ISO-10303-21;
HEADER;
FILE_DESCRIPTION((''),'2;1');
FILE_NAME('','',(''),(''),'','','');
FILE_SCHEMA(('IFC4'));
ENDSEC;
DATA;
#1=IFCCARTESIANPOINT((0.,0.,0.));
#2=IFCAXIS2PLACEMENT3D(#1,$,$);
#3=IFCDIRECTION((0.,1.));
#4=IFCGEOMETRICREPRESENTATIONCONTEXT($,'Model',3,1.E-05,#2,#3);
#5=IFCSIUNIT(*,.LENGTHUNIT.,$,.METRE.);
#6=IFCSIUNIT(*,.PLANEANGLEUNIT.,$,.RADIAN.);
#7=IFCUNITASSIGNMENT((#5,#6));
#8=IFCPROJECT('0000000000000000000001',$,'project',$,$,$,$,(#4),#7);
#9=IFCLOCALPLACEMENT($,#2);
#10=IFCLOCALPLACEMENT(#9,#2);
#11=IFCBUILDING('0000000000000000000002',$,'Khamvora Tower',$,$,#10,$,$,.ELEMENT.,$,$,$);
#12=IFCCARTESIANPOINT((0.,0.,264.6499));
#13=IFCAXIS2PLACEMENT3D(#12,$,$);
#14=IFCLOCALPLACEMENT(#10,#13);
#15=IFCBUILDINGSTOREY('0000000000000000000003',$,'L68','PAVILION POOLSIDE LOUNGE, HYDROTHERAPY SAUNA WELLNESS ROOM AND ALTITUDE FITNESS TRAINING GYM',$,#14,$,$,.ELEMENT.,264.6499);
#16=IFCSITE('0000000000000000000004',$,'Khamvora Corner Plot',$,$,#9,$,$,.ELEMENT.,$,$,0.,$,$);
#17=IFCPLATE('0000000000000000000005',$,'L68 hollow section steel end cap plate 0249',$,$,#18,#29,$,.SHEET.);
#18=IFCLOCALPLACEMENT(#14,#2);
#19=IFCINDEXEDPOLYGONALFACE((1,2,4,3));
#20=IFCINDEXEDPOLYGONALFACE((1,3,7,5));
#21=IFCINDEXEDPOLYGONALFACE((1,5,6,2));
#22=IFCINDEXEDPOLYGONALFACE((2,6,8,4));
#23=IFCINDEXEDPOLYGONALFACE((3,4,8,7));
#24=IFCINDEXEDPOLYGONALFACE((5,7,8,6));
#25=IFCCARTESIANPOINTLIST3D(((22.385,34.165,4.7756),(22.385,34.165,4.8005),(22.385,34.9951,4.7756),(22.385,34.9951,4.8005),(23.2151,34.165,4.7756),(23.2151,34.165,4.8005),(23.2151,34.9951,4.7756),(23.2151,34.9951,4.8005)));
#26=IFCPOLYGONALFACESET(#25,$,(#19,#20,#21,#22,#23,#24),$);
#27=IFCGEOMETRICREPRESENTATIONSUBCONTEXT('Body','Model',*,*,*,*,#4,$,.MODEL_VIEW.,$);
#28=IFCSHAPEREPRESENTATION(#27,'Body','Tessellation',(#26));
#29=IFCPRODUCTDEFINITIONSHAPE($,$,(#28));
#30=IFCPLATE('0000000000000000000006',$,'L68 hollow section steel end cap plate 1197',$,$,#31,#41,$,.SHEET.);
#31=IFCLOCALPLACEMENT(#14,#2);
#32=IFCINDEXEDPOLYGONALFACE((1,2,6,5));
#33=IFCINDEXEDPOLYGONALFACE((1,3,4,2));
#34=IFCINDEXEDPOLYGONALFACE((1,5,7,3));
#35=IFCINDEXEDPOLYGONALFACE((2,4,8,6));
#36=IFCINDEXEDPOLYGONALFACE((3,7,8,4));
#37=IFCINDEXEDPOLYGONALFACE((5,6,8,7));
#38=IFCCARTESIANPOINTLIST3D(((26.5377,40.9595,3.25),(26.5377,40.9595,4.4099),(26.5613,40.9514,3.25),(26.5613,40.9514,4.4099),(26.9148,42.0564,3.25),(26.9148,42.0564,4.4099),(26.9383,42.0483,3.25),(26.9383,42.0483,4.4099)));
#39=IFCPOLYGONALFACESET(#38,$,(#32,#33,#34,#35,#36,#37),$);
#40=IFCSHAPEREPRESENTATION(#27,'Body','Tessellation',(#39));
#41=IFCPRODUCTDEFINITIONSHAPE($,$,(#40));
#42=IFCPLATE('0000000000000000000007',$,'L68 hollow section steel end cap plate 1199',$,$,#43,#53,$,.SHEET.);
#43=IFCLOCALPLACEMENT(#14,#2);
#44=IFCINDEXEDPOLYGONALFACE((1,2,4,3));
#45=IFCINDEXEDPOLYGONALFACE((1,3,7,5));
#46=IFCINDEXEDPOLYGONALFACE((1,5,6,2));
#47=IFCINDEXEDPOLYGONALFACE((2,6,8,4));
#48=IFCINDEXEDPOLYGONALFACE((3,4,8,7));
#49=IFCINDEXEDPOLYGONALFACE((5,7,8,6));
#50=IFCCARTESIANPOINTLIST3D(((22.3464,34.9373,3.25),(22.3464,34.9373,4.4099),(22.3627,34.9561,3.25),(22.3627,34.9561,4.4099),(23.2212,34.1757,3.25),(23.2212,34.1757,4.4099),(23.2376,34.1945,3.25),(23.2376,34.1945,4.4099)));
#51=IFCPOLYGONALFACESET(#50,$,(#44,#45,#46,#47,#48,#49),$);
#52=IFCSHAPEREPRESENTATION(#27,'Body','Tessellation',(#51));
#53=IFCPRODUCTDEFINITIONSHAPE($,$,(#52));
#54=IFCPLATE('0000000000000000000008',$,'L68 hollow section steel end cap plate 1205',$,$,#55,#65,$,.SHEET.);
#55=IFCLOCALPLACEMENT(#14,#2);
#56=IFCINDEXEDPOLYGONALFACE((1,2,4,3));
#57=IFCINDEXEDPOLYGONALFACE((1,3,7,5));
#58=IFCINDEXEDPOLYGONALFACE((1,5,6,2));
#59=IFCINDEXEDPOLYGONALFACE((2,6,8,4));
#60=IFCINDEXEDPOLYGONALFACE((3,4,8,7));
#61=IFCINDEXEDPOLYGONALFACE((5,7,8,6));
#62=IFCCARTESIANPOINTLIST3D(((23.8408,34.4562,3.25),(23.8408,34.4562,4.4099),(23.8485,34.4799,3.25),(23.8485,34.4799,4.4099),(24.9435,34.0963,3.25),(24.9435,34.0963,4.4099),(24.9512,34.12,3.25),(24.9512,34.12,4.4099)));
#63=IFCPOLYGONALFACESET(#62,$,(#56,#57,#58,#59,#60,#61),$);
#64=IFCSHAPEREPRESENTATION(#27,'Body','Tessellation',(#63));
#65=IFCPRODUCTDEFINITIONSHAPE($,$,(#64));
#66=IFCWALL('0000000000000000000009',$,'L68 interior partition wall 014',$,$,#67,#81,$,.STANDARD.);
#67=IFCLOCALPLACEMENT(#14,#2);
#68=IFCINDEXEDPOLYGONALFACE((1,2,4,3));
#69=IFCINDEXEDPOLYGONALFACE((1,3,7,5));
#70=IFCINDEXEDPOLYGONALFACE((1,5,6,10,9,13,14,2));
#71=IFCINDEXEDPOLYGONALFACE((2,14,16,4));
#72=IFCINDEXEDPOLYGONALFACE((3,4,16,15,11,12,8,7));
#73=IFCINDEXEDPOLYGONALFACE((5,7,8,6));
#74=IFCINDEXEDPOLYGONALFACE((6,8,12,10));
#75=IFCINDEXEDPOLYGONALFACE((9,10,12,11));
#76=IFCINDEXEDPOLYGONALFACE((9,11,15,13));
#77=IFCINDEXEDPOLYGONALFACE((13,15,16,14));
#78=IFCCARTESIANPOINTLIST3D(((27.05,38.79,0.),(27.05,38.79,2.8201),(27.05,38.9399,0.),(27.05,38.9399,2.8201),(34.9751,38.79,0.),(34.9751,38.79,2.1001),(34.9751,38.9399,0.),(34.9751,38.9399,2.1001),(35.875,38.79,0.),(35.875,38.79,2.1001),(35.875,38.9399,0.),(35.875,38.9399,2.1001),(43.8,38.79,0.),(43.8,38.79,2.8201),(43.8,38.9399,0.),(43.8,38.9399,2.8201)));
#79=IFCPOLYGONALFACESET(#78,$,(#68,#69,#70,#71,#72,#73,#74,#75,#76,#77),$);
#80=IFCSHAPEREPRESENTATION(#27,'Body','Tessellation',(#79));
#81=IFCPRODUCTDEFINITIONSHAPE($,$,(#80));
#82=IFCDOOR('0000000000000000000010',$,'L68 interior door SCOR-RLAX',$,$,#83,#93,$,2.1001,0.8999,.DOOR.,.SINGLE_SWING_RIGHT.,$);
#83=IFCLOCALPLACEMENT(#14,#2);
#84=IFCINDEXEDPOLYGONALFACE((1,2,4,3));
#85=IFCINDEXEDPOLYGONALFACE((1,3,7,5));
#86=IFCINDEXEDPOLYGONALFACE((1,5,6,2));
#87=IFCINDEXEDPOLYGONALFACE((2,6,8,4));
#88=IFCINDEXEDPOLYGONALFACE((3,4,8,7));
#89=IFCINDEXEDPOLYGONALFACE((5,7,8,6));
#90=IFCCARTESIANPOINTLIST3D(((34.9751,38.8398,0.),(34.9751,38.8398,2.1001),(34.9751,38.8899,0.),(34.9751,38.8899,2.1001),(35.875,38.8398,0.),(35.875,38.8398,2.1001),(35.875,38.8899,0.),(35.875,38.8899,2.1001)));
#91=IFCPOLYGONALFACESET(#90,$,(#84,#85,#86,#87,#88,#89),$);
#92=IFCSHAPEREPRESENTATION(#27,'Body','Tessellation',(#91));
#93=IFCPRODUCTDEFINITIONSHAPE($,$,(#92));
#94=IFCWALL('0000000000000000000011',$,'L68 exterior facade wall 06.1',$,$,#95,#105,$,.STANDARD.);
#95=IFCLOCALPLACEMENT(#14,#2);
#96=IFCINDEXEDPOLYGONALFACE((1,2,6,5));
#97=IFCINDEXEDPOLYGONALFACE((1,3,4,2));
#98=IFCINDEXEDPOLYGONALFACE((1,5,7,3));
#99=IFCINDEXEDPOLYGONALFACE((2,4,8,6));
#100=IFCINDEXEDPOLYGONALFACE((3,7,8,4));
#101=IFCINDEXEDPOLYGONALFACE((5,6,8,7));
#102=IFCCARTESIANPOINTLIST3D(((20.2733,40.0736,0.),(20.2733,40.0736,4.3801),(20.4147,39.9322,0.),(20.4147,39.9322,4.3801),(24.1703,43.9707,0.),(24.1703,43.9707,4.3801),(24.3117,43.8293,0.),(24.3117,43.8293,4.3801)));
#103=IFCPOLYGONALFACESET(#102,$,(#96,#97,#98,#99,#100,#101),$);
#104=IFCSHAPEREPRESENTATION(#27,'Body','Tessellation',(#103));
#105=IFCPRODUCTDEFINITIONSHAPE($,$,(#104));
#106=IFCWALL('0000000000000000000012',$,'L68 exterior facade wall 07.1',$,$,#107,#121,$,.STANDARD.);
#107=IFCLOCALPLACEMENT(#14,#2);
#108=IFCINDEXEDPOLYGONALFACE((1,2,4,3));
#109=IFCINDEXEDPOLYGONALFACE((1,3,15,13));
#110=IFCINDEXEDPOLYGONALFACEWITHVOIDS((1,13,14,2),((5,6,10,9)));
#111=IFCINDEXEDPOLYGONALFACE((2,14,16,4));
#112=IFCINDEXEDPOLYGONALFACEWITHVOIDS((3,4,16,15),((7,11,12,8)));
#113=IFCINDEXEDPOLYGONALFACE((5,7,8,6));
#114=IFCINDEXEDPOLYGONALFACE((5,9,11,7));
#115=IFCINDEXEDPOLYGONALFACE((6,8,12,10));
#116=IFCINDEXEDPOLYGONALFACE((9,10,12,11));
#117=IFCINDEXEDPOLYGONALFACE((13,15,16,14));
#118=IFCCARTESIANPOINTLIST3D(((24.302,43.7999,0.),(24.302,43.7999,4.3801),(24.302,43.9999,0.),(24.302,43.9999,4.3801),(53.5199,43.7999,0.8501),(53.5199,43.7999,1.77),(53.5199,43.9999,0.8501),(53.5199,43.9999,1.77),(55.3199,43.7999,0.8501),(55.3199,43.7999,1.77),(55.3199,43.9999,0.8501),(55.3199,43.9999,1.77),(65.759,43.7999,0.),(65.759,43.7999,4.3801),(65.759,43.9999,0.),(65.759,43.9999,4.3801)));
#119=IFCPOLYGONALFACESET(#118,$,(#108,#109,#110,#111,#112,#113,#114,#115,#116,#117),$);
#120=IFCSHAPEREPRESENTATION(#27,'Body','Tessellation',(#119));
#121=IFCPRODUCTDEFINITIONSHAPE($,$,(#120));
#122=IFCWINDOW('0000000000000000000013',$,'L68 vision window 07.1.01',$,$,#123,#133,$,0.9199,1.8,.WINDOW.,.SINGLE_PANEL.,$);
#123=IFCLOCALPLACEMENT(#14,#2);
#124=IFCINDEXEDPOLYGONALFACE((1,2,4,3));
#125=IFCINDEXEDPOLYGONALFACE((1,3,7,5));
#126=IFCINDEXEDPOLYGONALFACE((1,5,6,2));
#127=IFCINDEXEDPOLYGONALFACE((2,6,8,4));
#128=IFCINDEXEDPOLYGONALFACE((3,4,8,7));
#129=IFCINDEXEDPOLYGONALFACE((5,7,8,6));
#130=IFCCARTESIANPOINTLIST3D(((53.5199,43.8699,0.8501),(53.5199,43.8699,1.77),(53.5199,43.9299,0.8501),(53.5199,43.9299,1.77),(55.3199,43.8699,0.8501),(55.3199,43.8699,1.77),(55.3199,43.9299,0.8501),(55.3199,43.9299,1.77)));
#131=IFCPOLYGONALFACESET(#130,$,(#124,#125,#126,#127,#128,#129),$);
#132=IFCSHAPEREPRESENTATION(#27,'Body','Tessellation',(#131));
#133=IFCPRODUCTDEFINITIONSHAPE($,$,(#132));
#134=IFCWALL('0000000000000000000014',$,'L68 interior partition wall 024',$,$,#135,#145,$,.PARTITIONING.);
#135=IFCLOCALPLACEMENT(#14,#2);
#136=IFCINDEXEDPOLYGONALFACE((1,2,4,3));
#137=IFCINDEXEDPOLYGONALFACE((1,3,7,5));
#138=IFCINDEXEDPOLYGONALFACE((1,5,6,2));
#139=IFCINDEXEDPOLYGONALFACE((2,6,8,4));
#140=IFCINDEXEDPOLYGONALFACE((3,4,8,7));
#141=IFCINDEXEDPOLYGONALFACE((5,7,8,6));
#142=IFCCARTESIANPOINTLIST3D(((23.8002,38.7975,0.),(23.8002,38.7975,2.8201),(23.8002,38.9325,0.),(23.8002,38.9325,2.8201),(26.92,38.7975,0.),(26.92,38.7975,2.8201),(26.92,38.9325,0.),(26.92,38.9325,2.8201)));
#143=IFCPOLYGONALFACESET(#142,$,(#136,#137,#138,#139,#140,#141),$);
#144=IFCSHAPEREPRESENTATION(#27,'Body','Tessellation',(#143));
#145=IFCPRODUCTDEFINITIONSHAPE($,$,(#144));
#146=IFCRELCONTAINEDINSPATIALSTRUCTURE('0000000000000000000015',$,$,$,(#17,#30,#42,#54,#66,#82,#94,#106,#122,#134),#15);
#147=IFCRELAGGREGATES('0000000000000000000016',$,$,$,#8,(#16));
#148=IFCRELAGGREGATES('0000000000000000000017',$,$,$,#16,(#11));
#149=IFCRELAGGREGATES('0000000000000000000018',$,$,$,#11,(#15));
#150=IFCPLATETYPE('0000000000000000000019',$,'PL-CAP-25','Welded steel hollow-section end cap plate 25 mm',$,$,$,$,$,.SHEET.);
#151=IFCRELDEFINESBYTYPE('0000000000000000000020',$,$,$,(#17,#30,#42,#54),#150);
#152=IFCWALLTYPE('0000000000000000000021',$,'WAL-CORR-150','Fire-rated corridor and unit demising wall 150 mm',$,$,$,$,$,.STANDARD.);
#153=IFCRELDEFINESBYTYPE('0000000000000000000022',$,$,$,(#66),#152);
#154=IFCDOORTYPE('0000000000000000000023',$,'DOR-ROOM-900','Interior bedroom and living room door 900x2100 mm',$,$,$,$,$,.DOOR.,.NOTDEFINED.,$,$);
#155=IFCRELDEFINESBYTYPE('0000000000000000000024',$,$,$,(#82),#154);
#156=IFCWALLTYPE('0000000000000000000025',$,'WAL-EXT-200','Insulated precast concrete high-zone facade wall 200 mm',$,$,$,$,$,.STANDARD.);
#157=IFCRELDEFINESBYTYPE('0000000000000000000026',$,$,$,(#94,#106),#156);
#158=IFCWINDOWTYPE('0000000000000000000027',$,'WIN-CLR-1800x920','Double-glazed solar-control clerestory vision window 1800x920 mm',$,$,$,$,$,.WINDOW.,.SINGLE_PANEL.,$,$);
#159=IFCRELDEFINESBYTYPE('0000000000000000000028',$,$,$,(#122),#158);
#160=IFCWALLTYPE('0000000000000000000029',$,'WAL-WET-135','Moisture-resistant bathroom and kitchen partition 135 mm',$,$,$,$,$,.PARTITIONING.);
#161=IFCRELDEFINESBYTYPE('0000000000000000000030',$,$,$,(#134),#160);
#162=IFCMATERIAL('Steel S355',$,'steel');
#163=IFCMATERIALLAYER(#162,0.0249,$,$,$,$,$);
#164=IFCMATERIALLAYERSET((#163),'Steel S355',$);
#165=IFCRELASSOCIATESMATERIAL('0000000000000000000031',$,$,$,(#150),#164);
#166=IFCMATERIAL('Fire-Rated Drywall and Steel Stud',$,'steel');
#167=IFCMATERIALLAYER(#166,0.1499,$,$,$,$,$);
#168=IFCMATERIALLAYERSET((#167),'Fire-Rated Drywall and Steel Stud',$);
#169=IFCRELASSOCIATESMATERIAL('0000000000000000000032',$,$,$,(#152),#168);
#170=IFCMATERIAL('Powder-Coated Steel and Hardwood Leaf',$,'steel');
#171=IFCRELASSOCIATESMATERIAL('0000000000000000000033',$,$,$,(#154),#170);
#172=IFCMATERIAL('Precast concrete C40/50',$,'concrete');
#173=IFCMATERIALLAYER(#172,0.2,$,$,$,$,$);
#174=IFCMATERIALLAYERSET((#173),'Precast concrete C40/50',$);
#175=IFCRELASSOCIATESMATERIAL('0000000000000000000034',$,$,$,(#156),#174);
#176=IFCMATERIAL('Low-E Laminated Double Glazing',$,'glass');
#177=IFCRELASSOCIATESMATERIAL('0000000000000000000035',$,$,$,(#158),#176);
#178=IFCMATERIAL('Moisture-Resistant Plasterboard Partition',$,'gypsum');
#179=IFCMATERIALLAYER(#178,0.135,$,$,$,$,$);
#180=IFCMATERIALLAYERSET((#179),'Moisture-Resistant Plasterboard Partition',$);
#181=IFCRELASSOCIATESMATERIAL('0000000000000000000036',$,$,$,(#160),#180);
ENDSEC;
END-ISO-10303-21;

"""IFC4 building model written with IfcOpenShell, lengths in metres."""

from ifc_helpers import new_model, si_unit, direction, frame, frame_2d, origin, origin_2d, place, context, subcontext, project, spatial, rectangle, extrude, material, layer, layer_set, type_object, element, fill, save


model = new_model("IFC4")

# Units and contexts
model_context = context("Model", 3, precision=1e-05, world=origin(), true_north=direction((0.0, 1.0)))
body_context = subcontext(model_context, "Body", "Model", "MODEL_VIEW")
ifc_project = project(units=[si_unit("LENGTHUNIT", "METRE"), si_unit("PLANEANGLEUNIT", "RADIAN")], contexts=[model_context])

# Site, building, storey
site_placement = place(None, origin())
site = spatial("IfcSite", under=ifc_project, at=site_placement, Name="Khamvora Corner Plot", CompositionType="ELEMENT", RefElevation=0.0)
building_placement = place(site_placement, origin())
building = spatial("IfcBuilding", under=site, at=building_placement, Name="Khamvora Tower", CompositionType="ELEMENT")
storey_placement = place(building_placement, frame((0.0, 0.0, 264.6499)))
storey = spatial("IfcBuildingStorey", under=building, at=storey_placement, Name="L68", Description="PAVILION POOLSIDE LOUNGE, HYDROTHERAPY SAUNA WELLNESS ROOM AND ALTITUDE FITNESS TRAINING GYM", CompositionType="ELEMENT", Elevation=264.6499)

# Shared definitions
ifc_material_1 = material(Name="Steel S355", Category="steel")

# Plates
ifc_layer_1 = layer(ifc_material_1, 0.0249)
ifc_layer_set_1 = layer_set([ifc_layer_1], Name="Steel S355")
plate_type = type_object("IfcPlateType", Name="PL-CAP-25", Description="Welded steel hollow-section end cap plate 25 mm", PredefinedType="SHEET", material=ifc_layer_set_1)
for number, where, z_axis, x_axis, name in (
    (1, (22.8, 34.5801, 4.7756), (0.0, 0.0, 1.0), (1.0, 0.0, 0.0), "L68 hollow section steel end cap plate 0249"),
):
    element("IfcPlate", number, at=place(storey_placement, frame(where, z_axis=z_axis, x_axis=x_axis)), inside=storey, type_object=plate_type, Name=name, PredefinedType="SHEET", context=body_context, shape_type="SweptSolid", body=[
        extrude(rectangle(XDim=0.8301, YDim=0.8301, at=origin_2d()), origin(), (0.0, 0.0, 1.0), 0.0249),
    ])
for number, where, z_axis, x_axis, name in (
    (2, (26.738, 41.5039, 3.25), (0.0, 0.0, 1.0), (0.945689, -0.325073, 0.0), "L68 hollow section steel end cap plate 1197"),
    (3, (22.792, 34.5659, 3.25), (0.0, 0.0, 1.0), (0.656612, 0.754228, 0.0), "L68 hollow section steel end cap plate 1199"),
    (4, (24.396, 34.2881, 3.25), (0.0, 0.0, 1.0), (-0.310278, -0.950646, 0.0), "L68 hollow section steel end cap plate 1205"),
):
    element("IfcPlate", number, at=place(storey_placement, frame(where, z_axis=z_axis, x_axis=x_axis)), inside=storey, type_object=plate_type, Name=name, PredefinedType="SHEET", context=body_context, shape_type="SweptSolid", body=[
        extrude(rectangle(XDim=0.0249, YDim=1.1599, at=origin_2d()), origin(), (0.0, 0.0, 1.0), 1.1599),
    ])

# Wall, opening, door
ifc_material_2 = material(Name="Fire-Rated Drywall and Steel Stud", Category="steel")
ifc_layer_2 = layer(ifc_material_2, 0.1499)
ifc_layer_set_2 = layer_set([ifc_layer_2], Name="Fire-Rated Drywall and Steel Stud")
wall_type_1 = type_object("IfcWallType", Name="WAL-CORR-150", Description="Fire-rated corridor and unit demising wall 150 mm", PredefinedType="STANDARD", material=ifc_layer_set_2)
wall_1_placement = place(storey_placement, frame((27.05, 38.865, 0.0), z_axis=(0.0, 0.0, 1.0), x_axis=(1.0, 0.0, 0.0)))
wall_1 = element("IfcWall", 5, at=wall_1_placement, inside=storey, type_object=wall_type_1, Name="L68 interior partition wall 014", PredefinedType="STANDARD", context=body_context, shape_type="SweptSolid", body=[
    extrude(rectangle(XDim=16.75, YDim=0.1499, at=frame_2d((8.375, 0.0))), origin(), (0.0, 0.0, 1.0), 2.8201),
])
opening_1_placement = place(wall_1_placement, frame((7.925, 0.0, 0.0)))
opening_1 = element("IfcOpeningElement", 6, at=opening_1_placement, cuts=wall_1, PredefinedType="OPENING", context=body_context, shape_type="SweptSolid", body=[
    extrude(rectangle(XDim=0.8999, YDim=2.1001, at=frame_2d((0.45, 1.05))), frame((0.0, 0.085, 0.0), z_axis=(0.0, -1.0, 0.0), x_axis=(1.0, 0.0, 0.0)), (0.0, 0.0, 1.0), 0.1699),
])
ifc_material_3 = material(Name="Powder-Coated Steel and Hardwood Leaf", Category="steel")
door_type = type_object("IfcDoorType", Name="DOR-ROOM-900", Description="Interior bedroom and living room door 900x2100 mm", OperationType="NOTDEFINED", PredefinedType="DOOR", material=ifc_material_3)
door_placement = place(opening_1_placement, origin())
door = element("IfcDoor", 7, at=door_placement, inside=storey, type_object=door_type, Name="L68 interior door SCOR-RLAX", OperationType="SINGLE_SWING_RIGHT", OverallHeight=2.1001, OverallWidth=0.8999, PredefinedType="DOOR", context=body_context, shape_type="SweptSolid", body=[
    extrude(rectangle(XDim=0.8999, YDim=2.1001, at=frame_2d((0.45, 1.05))), frame((0.0, 0.0249, 0.0), z_axis=(0.0, -1.0, 0.0), x_axis=(1.0, 0.0, 0.0)), (0.0, 0.0, 1.0), 0.05),
])
fill(opening_1, door)

# Wall
ifc_material_4 = material(Name="Precast concrete C40/50", Category="concrete")
ifc_layer_3 = layer(ifc_material_4, 0.2)
ifc_layer_set_3 = layer_set([ifc_layer_3], Name="Precast concrete C40/50")
wall_type_2 = type_object("IfcWallType", Name="WAL-EXT-200", Description="Insulated precast concrete high-zone facade wall 200 mm", PredefinedType="STANDARD", material=ifc_layer_set_3)
wall_2_placement = place(storey_placement, frame((20.344, 40.0029, 0.0), z_axis=(0.0, 0.0, 1.0), x_axis=(0.707107, 0.707107, 0.0)))
element("IfcWall", 8, at=wall_2_placement, inside=storey, type_object=wall_type_2, Name="L68 exterior facade wall 06.1", PredefinedType="STANDARD", context=body_context, shape_type="SweptSolid", body=[
    extrude(rectangle(XDim=5.5112, YDim=0.2, at=frame_2d((2.7556, 0.0))), origin(), (0.0, 0.0, 1.0), 4.3801),
])

# Wall, opening, window
wall_3_placement = place(storey_placement, frame((24.302, 43.8999, 0.0), z_axis=(0.0, 0.0, 1.0), x_axis=(1.0, 0.0, 0.0)))
wall_3 = element("IfcWall", 9, at=wall_3_placement, inside=storey, type_object=wall_type_2, Name="L68 exterior facade wall 07.1", PredefinedType="STANDARD", context=body_context, shape_type="SweptSolid", body=[
    extrude(rectangle(XDim=41.457, YDim=0.2, at=frame_2d((20.7285, 0.0))), origin(), (0.0, 0.0, 1.0), 4.3801),
])
opening_2_placement = place(wall_3_placement, frame((29.218, 0.0, 0.8501)))
opening_2 = element("IfcOpeningElement", 10, at=opening_2_placement, cuts=wall_3, PredefinedType="OPENING", context=body_context, shape_type="SweptSolid", body=[
    extrude(rectangle(XDim=1.8, YDim=0.9199, at=frame_2d((0.8999, 0.46))), frame((0.0, 0.1099, 0.0), z_axis=(0.0, -1.0, 0.0), x_axis=(1.0, 0.0, 0.0)), (0.0, 0.0, 1.0), 0.22),
])
ifc_material_5 = material(Name="Low-E Laminated Double Glazing", Category="glass")
window_type = type_object("IfcWindowType", Name="WIN-CLR-1800x920", Description="Double-glazed solar-control clerestory vision window 1800x920 mm", PartitioningType="SINGLE_PANEL", PredefinedType="WINDOW", material=ifc_material_5)
window_placement = place(opening_2_placement, origin())
window = element("IfcWindow", 11, at=window_placement, inside=storey, type_object=window_type, Name="L68 vision window 07.1.01", OverallHeight=0.9199, OverallWidth=1.8, PartitioningType="SINGLE_PANEL", PredefinedType="WINDOW", context=body_context, shape_type="SweptSolid", body=[
    extrude(rectangle(XDim=1.8, YDim=0.9199, at=frame_2d((0.8999, 0.46))), frame((0.0, 0.03, 0.0), z_axis=(0.0, -1.0, 0.0), x_axis=(1.0, 0.0, 0.0)), (0.0, 0.0, 1.0), 0.0601),
])
fill(opening_2, window)

# Wall
ifc_material_6 = material(Name="Moisture-Resistant Plasterboard Partition", Category="gypsum")
ifc_layer_4 = layer(ifc_material_6, 0.135)
ifc_layer_set_4 = layer_set([ifc_layer_4], Name="Moisture-Resistant Plasterboard Partition")
wall_type_3 = type_object("IfcWallType", Name="WAL-WET-135", Description="Moisture-resistant bathroom and kitchen partition 135 mm", PredefinedType="PARTITIONING", material=ifc_layer_set_4)
wall_4_placement = place(storey_placement, frame((23.8, 38.865, 0.0), z_axis=(0.0, 0.0, 1.0), x_axis=(1.0, 0.0, 0.0)))
element("IfcWall", 12, at=wall_4_placement, inside=storey, type_object=wall_type_3, Name="L68 interior partition wall 024", PredefinedType="PARTITIONING", context=body_context, shape_type="SweptSolid", body=[
    extrude(rectangle(XDim=3.1199, YDim=0.135, at=frame_2d((1.5601, 0.0))), origin(), (0.0, 0.0, 1.0), 2.8201),
])

save(model, "model.ifc")
